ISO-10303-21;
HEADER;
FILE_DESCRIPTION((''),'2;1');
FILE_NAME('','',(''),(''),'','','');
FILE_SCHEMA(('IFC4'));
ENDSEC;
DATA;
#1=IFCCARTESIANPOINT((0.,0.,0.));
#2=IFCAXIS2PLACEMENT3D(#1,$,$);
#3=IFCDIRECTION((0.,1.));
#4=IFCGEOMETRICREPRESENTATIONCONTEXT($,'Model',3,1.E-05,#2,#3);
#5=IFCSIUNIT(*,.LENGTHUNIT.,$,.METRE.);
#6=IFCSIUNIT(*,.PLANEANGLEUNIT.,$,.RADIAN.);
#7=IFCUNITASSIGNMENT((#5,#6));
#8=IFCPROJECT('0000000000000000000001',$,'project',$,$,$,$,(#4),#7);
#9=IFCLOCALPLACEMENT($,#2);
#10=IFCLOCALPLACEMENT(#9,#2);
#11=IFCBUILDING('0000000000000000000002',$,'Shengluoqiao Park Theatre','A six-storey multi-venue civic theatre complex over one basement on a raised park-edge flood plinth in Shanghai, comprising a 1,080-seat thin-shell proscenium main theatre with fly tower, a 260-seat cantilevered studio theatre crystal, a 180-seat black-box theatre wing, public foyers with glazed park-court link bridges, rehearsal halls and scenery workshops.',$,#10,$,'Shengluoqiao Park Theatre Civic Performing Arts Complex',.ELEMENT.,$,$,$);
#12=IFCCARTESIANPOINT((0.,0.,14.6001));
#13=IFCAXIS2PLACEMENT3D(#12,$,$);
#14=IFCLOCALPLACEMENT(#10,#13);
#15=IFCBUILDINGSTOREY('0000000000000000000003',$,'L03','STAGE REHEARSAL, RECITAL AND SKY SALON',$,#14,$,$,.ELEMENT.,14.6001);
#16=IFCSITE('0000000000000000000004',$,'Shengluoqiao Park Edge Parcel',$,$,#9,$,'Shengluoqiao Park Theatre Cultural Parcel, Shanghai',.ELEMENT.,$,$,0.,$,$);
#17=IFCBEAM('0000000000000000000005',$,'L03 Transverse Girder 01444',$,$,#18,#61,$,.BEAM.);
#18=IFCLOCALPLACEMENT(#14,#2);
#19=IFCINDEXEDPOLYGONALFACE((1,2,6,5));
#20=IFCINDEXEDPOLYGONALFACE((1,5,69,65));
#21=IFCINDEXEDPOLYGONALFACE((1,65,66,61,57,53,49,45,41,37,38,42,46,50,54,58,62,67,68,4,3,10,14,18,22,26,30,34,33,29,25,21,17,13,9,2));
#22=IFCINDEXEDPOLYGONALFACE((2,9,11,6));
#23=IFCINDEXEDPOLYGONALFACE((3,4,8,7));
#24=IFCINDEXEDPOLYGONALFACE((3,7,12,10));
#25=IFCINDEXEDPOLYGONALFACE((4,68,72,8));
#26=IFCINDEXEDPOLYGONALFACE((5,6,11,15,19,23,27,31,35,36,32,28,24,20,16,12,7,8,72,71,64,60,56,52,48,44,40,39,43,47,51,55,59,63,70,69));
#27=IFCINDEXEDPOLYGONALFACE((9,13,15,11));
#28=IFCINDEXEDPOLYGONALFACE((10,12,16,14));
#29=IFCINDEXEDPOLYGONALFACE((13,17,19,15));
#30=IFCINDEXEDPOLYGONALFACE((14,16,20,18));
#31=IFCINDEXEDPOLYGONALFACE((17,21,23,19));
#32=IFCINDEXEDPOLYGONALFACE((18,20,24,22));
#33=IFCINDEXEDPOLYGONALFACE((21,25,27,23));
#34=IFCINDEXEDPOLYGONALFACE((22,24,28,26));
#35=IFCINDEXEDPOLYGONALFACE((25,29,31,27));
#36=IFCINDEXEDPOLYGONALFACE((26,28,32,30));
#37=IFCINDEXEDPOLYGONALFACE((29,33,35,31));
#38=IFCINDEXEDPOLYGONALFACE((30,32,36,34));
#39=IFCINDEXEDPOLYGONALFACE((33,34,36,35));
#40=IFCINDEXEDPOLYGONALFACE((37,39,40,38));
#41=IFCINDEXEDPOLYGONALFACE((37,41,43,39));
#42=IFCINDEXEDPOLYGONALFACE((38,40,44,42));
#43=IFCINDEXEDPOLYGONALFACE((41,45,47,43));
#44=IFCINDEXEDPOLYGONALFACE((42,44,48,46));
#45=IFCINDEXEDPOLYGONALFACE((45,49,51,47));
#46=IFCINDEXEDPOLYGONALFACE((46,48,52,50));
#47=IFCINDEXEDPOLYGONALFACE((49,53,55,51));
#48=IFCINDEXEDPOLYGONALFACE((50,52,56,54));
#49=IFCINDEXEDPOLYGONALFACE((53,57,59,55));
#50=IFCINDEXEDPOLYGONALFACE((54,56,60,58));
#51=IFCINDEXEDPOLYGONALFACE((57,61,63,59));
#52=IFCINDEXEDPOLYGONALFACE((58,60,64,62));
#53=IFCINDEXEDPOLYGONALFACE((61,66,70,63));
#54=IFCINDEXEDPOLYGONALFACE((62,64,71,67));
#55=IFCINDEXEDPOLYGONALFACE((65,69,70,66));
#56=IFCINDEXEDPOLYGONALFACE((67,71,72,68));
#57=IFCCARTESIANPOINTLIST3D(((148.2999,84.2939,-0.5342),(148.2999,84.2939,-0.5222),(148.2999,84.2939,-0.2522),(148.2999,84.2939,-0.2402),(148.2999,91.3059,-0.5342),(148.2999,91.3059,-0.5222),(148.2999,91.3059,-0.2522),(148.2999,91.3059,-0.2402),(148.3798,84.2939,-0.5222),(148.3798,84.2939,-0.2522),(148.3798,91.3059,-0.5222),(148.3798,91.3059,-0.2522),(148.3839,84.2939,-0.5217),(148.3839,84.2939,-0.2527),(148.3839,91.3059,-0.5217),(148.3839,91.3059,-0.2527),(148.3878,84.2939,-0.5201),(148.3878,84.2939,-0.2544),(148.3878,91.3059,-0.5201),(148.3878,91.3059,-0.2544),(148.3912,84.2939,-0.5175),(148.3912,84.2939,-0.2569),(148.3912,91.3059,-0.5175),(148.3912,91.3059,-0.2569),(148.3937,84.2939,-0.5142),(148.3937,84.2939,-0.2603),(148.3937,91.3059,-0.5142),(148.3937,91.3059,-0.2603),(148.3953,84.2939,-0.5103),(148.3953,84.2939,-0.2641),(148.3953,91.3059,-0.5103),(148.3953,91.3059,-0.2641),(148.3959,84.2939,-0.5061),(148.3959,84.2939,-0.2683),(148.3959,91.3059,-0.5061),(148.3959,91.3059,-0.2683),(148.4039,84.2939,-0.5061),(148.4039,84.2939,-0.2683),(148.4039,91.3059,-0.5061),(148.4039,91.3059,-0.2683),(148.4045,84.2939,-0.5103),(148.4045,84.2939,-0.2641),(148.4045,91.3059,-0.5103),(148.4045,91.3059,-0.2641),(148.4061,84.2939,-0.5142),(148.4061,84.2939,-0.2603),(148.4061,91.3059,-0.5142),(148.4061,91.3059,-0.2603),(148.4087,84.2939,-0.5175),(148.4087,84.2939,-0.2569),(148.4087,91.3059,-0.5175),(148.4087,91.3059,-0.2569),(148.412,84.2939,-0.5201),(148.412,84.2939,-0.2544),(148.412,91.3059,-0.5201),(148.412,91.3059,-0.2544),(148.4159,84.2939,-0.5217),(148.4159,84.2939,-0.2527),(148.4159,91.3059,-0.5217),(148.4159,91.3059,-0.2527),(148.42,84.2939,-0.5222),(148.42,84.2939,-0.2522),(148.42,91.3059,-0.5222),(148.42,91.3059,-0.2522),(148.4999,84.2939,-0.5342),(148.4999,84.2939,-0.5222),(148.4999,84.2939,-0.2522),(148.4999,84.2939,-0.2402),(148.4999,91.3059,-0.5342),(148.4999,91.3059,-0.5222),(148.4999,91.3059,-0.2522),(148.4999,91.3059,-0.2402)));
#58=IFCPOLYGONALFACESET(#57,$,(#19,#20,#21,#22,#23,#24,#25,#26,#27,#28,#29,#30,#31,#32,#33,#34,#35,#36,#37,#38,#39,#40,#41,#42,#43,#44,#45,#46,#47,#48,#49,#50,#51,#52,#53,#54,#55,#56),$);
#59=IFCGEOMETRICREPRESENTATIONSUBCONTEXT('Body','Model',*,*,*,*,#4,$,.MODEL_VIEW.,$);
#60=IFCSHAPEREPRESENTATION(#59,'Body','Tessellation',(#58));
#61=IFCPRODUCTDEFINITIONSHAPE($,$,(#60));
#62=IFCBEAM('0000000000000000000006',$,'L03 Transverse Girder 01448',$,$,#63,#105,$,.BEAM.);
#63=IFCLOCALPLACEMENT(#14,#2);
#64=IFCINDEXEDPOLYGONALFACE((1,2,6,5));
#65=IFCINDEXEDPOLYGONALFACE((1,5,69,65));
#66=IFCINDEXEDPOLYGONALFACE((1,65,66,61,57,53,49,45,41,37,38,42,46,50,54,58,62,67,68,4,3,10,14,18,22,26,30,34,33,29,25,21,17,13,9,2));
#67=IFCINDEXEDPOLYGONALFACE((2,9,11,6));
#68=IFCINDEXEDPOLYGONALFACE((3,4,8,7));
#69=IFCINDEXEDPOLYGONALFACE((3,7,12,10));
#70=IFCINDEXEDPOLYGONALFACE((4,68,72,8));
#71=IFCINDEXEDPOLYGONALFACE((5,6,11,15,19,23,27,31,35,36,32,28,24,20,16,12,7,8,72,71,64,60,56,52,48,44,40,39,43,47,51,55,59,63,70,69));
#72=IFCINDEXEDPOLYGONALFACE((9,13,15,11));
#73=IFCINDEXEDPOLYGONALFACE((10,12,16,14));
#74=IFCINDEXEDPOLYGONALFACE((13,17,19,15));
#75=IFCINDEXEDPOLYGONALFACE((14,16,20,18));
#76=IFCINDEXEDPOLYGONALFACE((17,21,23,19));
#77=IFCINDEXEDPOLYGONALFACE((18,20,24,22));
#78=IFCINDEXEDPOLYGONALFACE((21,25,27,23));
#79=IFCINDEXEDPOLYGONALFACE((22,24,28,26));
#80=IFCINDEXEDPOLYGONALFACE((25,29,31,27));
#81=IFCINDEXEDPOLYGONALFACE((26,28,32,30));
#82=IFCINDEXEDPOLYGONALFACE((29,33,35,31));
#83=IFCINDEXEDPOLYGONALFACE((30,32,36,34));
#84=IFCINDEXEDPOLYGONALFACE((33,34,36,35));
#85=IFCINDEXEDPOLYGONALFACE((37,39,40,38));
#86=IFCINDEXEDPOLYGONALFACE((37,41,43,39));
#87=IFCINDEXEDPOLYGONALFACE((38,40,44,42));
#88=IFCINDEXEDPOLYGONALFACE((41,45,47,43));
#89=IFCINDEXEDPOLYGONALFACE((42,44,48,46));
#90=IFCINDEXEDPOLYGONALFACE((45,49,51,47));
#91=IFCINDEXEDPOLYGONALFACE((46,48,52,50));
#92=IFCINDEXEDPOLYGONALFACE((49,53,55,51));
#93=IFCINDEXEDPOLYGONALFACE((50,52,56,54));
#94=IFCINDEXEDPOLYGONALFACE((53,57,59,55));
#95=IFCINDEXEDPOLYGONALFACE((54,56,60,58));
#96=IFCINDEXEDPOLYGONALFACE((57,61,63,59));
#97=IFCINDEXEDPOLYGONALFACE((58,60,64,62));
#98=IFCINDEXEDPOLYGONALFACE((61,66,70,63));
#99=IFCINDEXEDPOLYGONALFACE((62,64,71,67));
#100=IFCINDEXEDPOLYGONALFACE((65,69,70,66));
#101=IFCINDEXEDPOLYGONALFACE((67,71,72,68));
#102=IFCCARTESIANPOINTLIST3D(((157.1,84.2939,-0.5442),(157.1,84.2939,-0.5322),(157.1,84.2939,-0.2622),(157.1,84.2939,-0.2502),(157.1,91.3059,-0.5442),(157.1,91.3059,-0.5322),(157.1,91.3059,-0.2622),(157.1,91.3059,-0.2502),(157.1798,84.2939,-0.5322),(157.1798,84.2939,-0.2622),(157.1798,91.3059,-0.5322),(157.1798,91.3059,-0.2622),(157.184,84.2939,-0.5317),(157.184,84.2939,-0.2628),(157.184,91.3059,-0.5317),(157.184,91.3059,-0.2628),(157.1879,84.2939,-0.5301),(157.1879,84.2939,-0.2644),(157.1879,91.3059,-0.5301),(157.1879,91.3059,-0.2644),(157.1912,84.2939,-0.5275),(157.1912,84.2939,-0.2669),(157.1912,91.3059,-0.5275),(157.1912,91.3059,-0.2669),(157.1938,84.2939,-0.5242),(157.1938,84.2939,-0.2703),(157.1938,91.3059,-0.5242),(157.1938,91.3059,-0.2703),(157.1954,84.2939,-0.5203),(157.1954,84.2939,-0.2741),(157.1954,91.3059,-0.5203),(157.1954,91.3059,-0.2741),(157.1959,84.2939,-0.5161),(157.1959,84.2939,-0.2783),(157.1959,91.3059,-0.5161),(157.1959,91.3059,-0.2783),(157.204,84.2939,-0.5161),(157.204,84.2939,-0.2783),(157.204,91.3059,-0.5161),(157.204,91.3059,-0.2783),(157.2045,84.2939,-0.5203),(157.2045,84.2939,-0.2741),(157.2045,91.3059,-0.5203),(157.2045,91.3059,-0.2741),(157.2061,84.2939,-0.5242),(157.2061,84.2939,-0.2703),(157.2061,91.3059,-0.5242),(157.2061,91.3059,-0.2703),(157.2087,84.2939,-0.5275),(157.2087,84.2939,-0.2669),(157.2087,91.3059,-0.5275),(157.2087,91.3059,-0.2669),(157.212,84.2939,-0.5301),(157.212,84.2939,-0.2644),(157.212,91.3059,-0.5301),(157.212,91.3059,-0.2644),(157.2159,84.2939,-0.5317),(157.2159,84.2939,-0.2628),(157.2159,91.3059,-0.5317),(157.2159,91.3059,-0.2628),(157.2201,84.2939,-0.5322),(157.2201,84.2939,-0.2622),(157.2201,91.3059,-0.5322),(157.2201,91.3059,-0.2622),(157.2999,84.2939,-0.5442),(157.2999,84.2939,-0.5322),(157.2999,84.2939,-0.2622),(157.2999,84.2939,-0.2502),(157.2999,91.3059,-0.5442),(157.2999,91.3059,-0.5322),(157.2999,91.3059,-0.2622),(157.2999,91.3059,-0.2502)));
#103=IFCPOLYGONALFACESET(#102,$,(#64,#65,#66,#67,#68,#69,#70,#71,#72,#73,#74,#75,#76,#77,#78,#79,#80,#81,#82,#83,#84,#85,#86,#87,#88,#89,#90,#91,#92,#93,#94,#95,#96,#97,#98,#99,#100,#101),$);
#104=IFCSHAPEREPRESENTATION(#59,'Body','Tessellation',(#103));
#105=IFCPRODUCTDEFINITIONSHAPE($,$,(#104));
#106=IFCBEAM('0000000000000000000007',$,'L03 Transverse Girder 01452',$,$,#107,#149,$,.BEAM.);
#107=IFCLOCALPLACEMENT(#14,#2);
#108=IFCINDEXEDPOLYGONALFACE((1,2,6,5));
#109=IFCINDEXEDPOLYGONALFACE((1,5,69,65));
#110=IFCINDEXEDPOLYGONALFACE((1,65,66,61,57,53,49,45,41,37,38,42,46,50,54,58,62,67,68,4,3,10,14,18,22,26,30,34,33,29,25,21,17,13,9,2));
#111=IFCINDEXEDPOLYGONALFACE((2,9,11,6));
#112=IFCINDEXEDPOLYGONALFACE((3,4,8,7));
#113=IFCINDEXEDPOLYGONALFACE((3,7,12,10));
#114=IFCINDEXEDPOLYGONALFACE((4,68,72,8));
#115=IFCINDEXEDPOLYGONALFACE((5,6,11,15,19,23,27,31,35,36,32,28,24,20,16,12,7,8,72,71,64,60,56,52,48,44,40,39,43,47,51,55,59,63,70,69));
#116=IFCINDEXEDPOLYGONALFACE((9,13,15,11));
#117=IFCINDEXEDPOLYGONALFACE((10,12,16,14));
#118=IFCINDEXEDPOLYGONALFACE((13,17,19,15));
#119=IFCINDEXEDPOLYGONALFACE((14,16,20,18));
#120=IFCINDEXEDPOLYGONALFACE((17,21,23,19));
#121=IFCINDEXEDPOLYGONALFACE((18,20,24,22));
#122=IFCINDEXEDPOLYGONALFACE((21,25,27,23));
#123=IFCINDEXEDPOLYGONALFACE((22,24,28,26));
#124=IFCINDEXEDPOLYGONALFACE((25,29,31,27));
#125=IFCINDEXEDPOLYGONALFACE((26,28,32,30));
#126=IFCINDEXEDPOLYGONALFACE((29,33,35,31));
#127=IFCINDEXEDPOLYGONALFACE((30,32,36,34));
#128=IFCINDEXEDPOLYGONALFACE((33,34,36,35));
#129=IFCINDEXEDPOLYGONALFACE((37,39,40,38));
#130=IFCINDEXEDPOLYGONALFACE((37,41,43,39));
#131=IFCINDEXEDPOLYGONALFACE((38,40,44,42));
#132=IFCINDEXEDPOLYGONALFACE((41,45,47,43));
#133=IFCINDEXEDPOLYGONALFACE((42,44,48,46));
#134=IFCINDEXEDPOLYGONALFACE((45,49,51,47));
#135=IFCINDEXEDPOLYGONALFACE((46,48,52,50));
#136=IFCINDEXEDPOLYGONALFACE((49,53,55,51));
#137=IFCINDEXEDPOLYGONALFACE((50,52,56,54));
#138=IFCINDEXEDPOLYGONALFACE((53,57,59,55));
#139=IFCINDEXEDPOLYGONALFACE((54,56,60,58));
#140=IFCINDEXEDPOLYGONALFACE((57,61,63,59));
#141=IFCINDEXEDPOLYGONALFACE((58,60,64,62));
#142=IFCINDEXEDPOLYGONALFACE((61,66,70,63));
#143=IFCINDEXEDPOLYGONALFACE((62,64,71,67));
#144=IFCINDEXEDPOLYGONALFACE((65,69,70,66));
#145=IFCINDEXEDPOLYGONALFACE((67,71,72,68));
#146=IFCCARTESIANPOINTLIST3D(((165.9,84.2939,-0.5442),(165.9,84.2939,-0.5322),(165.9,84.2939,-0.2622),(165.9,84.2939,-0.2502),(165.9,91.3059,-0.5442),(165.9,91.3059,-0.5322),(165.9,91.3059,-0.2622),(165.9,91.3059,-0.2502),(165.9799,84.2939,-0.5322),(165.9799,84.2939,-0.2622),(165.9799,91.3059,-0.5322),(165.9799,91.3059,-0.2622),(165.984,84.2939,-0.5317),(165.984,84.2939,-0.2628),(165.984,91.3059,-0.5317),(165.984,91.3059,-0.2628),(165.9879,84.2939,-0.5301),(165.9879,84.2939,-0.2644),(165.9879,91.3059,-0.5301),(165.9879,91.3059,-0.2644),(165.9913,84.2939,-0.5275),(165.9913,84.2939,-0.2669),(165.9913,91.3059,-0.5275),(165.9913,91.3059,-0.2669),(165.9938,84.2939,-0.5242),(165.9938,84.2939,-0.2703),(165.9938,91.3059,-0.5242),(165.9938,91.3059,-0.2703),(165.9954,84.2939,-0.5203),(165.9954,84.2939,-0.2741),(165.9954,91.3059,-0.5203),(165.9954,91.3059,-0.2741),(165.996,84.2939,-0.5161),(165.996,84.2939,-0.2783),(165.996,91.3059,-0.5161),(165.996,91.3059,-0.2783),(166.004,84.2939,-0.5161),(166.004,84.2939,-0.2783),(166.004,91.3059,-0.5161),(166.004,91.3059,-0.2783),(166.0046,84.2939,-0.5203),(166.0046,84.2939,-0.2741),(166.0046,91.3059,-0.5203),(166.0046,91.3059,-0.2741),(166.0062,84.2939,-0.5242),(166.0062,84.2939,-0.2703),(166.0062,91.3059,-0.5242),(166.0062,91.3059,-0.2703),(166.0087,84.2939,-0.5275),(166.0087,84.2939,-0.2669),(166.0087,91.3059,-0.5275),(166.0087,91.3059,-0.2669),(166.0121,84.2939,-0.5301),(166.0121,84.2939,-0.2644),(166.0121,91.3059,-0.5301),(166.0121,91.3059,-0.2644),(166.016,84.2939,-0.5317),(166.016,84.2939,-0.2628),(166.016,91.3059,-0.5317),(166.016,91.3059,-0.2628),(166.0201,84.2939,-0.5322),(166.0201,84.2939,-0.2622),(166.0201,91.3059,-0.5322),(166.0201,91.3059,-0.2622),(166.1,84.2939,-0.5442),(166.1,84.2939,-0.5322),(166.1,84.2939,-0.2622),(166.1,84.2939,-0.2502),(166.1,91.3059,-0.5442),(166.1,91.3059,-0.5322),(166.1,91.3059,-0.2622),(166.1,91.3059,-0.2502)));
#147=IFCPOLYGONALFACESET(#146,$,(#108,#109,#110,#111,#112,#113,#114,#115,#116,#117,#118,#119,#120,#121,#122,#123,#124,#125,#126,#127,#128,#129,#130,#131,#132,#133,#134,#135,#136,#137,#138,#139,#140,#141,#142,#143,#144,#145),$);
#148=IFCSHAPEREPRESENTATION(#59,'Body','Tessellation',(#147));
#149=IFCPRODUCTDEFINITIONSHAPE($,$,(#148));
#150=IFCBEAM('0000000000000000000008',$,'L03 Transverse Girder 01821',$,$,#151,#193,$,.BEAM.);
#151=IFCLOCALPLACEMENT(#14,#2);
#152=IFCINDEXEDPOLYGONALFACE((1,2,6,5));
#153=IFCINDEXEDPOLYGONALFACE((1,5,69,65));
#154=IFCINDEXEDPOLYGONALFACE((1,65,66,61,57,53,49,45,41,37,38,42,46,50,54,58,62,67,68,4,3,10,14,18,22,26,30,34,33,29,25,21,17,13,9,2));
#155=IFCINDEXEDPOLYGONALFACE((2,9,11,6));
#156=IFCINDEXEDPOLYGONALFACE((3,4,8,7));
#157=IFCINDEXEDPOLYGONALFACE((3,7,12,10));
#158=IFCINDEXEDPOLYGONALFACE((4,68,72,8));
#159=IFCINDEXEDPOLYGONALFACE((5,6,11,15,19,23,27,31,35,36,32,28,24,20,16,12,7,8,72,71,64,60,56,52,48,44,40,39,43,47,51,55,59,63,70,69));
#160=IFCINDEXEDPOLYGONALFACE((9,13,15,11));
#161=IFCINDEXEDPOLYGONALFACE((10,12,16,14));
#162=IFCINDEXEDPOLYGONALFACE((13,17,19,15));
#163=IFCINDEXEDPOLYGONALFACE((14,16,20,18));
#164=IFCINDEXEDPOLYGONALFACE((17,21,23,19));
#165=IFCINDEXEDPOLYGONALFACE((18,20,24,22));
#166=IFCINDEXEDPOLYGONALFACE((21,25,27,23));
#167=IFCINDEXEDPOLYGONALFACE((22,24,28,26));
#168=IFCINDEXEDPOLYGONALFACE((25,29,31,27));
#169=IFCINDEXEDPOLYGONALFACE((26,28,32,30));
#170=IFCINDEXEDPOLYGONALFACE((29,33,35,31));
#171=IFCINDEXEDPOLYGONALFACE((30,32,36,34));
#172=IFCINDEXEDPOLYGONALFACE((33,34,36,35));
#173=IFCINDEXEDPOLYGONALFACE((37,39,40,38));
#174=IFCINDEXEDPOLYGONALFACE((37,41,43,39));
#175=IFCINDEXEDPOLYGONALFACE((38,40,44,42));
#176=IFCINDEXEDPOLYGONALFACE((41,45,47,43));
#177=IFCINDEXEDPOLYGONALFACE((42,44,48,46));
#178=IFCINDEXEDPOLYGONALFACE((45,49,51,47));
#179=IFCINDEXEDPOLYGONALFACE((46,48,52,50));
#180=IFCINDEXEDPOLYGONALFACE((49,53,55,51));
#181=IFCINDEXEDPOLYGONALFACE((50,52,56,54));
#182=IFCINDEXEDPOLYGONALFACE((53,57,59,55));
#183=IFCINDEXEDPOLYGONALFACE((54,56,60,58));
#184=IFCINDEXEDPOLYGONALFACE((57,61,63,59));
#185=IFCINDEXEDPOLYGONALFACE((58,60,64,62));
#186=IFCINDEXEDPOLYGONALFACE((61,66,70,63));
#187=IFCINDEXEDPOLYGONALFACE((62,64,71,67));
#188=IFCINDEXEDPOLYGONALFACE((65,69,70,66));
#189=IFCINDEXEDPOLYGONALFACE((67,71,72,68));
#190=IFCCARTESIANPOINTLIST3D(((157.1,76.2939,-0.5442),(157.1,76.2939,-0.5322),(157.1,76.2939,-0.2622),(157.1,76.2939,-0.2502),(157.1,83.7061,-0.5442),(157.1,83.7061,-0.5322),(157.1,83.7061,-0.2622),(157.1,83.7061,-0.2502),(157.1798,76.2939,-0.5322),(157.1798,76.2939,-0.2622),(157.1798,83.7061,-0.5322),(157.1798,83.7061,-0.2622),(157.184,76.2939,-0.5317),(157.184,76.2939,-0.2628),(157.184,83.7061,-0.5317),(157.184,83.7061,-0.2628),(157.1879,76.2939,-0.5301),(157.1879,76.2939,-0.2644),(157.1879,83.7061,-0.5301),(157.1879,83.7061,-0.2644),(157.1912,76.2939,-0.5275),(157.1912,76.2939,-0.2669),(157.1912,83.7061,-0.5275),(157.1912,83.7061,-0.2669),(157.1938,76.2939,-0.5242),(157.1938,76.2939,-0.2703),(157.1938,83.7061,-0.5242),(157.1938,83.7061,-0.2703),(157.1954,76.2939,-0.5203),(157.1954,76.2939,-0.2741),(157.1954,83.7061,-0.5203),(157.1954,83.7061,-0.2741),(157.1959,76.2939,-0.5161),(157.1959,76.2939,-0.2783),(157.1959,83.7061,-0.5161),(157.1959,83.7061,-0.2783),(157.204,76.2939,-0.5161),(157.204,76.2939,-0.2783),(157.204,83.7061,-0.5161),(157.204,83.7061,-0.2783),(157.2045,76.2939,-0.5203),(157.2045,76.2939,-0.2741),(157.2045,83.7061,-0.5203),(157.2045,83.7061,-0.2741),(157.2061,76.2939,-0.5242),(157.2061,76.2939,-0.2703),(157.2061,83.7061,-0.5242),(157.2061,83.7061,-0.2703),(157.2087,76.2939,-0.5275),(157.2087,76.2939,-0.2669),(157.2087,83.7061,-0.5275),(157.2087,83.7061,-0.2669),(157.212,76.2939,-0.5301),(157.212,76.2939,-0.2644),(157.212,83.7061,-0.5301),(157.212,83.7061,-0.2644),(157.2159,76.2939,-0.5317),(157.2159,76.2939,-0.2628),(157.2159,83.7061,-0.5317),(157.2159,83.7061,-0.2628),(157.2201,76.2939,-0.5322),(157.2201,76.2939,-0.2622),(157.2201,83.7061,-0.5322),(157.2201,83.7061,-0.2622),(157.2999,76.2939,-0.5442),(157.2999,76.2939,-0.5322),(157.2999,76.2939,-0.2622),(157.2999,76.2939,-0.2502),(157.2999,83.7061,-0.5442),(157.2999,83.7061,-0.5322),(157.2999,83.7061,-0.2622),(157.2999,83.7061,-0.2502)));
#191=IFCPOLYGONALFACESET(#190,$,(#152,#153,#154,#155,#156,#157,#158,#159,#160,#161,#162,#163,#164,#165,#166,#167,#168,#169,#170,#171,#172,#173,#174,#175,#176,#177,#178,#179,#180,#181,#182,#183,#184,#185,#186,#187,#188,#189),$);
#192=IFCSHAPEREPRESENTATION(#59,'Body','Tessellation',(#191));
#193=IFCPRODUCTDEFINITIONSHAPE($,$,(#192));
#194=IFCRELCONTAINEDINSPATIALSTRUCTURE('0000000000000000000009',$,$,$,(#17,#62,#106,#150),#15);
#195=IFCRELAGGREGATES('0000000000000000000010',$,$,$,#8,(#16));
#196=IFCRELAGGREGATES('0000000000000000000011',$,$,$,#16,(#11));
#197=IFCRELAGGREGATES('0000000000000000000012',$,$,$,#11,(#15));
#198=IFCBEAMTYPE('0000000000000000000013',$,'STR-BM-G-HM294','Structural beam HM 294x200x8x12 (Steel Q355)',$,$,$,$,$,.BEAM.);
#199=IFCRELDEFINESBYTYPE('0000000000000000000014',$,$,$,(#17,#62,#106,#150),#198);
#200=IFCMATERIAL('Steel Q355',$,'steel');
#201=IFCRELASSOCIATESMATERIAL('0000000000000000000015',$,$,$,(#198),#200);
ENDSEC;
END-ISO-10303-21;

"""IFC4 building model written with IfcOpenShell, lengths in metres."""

from ifc_helpers import new_model, si_unit, direction, frame, origin, origin_2d, place, context, subcontext, project, spatial, i_section, extrude, material, material_profile, profile_set, type_object, element, save


model = new_model("IFC4")

# Units and contexts
model_context = context("Model", 3, precision=1e-05, world=origin(), true_north=direction((0.0, 1.0)))
body_context = subcontext(model_context, "Body", "Model", "MODEL_VIEW")
ifc_project = project(units=[si_unit("LENGTHUNIT", "METRE"), si_unit("PLANEANGLEUNIT", "RADIAN")], contexts=[model_context])

# Site, building, storey
site_placement = place(None, origin())
site = spatial("IfcSite", under=ifc_project, at=site_placement, Name="Shengluoqiao Park Edge Parcel", LongName="Shengluoqiao Park Theatre Cultural Parcel, Shanghai", CompositionType="ELEMENT", RefElevation=0.0)
building_placement = place(site_placement, origin())
building = spatial("IfcBuilding", under=site, at=building_placement, Name="Shengluoqiao Park Theatre", Description="A six-storey multi-venue civic theatre complex over one basement on a raised park-edge flood plinth in Shanghai, comprising a 1,080-seat thin-shell proscenium main theatre with fly tower, a 260-seat cantilevered studio theatre crystal, a 180-seat black-box theatre wing, public foyers with glazed park-court link bridges, rehearsal halls and scenery workshops.", LongName="Shengluoqiao Park Theatre Civic Performing Arts Complex", CompositionType="ELEMENT")
storey_placement = place(building_placement, frame((0.0, 0.0, 14.6001)))
storey = spatial("IfcBuildingStorey", under=building, at=storey_placement, Name="L03", Description="STAGE REHEARSAL, RECITAL AND SKY SALON", CompositionType="ELEMENT", Elevation=14.6001)

# Beams
ifc_material_1 = material(Name="Steel Q355", Category="steel")
ifc_material_profile_1 = material_profile(ifc_material_1, i_section(OverallWidth=0.2, OverallDepth=0.2939, WebThickness=0.0081, FlangeThickness=0.012, FilletRadius=0.0161, at=origin_2d()), Name="HM 294x200x8x12")
ifc_profile_set_1 = profile_set([ifc_material_profile_1], Name="Steel Q355")
beam_type_1 = type_object("IfcBeamType", Name="STR-BM-G-HM294", Description="Structural beam HM 294x200x8x12 (Steel Q355)", PredefinedType="BEAM", material=ifc_profile_set_1)
for number, where, z_axis, x_axis, name in (
    (1, (148.3999, 84.2939, -0.3872), (0.0, 1.0, 0.0), (-1.0, 0.0, 0.0), "L03 Transverse Girder 01444"),
    (2, (157.2, 84.2939, -0.3972), (0.0, 1.0, 0.0), (-1.0, 0.0, 0.0), "L03 Transverse Girder 01448"),
    (3, (166.0, 84.2939, -0.3972), (0.0, 1.0, 0.0), (-1.0, 0.0, 0.0), "L03 Transverse Girder 01452"),
):
    element("IfcBeam", number, at=place(storey_placement, frame(where, z_axis=z_axis, x_axis=x_axis)), inside=storey, type_object=beam_type_1, Name=name, PredefinedType="BEAM", context=body_context, shape_type="SweptSolid", body=[
        extrude(i_section(OverallWidth=0.2, OverallDepth=0.2939, WebThickness=0.0081, FlangeThickness=0.012, FilletRadius=0.0161, at=origin_2d()), origin(), (0.0, 0.0, 1.0), 7.012),
    ])
for number, where, z_axis, x_axis, name in (
    (4, (157.2, 76.2939, -0.3972), (0.0, 1.0, 0.0), (-1.0, 0.0, 0.0), "L03 Transverse Girder 01821"),
):
    element("IfcBeam", number, at=place(storey_placement, frame(where, z_axis=z_axis, x_axis=x_axis)), inside=storey, type_object=beam_type_1, Name=name, PredefinedType="BEAM", context=body_context, shape_type="SweptSolid", body=[
        extrude(i_section(OverallWidth=0.2, OverallDepth=0.2939, WebThickness=0.0081, FlangeThickness=0.012, FilletRadius=0.0161, at=origin_2d()), origin(), (0.0, 0.0, 1.0), 7.4121),
    ])

save(model, "model.ifc")
